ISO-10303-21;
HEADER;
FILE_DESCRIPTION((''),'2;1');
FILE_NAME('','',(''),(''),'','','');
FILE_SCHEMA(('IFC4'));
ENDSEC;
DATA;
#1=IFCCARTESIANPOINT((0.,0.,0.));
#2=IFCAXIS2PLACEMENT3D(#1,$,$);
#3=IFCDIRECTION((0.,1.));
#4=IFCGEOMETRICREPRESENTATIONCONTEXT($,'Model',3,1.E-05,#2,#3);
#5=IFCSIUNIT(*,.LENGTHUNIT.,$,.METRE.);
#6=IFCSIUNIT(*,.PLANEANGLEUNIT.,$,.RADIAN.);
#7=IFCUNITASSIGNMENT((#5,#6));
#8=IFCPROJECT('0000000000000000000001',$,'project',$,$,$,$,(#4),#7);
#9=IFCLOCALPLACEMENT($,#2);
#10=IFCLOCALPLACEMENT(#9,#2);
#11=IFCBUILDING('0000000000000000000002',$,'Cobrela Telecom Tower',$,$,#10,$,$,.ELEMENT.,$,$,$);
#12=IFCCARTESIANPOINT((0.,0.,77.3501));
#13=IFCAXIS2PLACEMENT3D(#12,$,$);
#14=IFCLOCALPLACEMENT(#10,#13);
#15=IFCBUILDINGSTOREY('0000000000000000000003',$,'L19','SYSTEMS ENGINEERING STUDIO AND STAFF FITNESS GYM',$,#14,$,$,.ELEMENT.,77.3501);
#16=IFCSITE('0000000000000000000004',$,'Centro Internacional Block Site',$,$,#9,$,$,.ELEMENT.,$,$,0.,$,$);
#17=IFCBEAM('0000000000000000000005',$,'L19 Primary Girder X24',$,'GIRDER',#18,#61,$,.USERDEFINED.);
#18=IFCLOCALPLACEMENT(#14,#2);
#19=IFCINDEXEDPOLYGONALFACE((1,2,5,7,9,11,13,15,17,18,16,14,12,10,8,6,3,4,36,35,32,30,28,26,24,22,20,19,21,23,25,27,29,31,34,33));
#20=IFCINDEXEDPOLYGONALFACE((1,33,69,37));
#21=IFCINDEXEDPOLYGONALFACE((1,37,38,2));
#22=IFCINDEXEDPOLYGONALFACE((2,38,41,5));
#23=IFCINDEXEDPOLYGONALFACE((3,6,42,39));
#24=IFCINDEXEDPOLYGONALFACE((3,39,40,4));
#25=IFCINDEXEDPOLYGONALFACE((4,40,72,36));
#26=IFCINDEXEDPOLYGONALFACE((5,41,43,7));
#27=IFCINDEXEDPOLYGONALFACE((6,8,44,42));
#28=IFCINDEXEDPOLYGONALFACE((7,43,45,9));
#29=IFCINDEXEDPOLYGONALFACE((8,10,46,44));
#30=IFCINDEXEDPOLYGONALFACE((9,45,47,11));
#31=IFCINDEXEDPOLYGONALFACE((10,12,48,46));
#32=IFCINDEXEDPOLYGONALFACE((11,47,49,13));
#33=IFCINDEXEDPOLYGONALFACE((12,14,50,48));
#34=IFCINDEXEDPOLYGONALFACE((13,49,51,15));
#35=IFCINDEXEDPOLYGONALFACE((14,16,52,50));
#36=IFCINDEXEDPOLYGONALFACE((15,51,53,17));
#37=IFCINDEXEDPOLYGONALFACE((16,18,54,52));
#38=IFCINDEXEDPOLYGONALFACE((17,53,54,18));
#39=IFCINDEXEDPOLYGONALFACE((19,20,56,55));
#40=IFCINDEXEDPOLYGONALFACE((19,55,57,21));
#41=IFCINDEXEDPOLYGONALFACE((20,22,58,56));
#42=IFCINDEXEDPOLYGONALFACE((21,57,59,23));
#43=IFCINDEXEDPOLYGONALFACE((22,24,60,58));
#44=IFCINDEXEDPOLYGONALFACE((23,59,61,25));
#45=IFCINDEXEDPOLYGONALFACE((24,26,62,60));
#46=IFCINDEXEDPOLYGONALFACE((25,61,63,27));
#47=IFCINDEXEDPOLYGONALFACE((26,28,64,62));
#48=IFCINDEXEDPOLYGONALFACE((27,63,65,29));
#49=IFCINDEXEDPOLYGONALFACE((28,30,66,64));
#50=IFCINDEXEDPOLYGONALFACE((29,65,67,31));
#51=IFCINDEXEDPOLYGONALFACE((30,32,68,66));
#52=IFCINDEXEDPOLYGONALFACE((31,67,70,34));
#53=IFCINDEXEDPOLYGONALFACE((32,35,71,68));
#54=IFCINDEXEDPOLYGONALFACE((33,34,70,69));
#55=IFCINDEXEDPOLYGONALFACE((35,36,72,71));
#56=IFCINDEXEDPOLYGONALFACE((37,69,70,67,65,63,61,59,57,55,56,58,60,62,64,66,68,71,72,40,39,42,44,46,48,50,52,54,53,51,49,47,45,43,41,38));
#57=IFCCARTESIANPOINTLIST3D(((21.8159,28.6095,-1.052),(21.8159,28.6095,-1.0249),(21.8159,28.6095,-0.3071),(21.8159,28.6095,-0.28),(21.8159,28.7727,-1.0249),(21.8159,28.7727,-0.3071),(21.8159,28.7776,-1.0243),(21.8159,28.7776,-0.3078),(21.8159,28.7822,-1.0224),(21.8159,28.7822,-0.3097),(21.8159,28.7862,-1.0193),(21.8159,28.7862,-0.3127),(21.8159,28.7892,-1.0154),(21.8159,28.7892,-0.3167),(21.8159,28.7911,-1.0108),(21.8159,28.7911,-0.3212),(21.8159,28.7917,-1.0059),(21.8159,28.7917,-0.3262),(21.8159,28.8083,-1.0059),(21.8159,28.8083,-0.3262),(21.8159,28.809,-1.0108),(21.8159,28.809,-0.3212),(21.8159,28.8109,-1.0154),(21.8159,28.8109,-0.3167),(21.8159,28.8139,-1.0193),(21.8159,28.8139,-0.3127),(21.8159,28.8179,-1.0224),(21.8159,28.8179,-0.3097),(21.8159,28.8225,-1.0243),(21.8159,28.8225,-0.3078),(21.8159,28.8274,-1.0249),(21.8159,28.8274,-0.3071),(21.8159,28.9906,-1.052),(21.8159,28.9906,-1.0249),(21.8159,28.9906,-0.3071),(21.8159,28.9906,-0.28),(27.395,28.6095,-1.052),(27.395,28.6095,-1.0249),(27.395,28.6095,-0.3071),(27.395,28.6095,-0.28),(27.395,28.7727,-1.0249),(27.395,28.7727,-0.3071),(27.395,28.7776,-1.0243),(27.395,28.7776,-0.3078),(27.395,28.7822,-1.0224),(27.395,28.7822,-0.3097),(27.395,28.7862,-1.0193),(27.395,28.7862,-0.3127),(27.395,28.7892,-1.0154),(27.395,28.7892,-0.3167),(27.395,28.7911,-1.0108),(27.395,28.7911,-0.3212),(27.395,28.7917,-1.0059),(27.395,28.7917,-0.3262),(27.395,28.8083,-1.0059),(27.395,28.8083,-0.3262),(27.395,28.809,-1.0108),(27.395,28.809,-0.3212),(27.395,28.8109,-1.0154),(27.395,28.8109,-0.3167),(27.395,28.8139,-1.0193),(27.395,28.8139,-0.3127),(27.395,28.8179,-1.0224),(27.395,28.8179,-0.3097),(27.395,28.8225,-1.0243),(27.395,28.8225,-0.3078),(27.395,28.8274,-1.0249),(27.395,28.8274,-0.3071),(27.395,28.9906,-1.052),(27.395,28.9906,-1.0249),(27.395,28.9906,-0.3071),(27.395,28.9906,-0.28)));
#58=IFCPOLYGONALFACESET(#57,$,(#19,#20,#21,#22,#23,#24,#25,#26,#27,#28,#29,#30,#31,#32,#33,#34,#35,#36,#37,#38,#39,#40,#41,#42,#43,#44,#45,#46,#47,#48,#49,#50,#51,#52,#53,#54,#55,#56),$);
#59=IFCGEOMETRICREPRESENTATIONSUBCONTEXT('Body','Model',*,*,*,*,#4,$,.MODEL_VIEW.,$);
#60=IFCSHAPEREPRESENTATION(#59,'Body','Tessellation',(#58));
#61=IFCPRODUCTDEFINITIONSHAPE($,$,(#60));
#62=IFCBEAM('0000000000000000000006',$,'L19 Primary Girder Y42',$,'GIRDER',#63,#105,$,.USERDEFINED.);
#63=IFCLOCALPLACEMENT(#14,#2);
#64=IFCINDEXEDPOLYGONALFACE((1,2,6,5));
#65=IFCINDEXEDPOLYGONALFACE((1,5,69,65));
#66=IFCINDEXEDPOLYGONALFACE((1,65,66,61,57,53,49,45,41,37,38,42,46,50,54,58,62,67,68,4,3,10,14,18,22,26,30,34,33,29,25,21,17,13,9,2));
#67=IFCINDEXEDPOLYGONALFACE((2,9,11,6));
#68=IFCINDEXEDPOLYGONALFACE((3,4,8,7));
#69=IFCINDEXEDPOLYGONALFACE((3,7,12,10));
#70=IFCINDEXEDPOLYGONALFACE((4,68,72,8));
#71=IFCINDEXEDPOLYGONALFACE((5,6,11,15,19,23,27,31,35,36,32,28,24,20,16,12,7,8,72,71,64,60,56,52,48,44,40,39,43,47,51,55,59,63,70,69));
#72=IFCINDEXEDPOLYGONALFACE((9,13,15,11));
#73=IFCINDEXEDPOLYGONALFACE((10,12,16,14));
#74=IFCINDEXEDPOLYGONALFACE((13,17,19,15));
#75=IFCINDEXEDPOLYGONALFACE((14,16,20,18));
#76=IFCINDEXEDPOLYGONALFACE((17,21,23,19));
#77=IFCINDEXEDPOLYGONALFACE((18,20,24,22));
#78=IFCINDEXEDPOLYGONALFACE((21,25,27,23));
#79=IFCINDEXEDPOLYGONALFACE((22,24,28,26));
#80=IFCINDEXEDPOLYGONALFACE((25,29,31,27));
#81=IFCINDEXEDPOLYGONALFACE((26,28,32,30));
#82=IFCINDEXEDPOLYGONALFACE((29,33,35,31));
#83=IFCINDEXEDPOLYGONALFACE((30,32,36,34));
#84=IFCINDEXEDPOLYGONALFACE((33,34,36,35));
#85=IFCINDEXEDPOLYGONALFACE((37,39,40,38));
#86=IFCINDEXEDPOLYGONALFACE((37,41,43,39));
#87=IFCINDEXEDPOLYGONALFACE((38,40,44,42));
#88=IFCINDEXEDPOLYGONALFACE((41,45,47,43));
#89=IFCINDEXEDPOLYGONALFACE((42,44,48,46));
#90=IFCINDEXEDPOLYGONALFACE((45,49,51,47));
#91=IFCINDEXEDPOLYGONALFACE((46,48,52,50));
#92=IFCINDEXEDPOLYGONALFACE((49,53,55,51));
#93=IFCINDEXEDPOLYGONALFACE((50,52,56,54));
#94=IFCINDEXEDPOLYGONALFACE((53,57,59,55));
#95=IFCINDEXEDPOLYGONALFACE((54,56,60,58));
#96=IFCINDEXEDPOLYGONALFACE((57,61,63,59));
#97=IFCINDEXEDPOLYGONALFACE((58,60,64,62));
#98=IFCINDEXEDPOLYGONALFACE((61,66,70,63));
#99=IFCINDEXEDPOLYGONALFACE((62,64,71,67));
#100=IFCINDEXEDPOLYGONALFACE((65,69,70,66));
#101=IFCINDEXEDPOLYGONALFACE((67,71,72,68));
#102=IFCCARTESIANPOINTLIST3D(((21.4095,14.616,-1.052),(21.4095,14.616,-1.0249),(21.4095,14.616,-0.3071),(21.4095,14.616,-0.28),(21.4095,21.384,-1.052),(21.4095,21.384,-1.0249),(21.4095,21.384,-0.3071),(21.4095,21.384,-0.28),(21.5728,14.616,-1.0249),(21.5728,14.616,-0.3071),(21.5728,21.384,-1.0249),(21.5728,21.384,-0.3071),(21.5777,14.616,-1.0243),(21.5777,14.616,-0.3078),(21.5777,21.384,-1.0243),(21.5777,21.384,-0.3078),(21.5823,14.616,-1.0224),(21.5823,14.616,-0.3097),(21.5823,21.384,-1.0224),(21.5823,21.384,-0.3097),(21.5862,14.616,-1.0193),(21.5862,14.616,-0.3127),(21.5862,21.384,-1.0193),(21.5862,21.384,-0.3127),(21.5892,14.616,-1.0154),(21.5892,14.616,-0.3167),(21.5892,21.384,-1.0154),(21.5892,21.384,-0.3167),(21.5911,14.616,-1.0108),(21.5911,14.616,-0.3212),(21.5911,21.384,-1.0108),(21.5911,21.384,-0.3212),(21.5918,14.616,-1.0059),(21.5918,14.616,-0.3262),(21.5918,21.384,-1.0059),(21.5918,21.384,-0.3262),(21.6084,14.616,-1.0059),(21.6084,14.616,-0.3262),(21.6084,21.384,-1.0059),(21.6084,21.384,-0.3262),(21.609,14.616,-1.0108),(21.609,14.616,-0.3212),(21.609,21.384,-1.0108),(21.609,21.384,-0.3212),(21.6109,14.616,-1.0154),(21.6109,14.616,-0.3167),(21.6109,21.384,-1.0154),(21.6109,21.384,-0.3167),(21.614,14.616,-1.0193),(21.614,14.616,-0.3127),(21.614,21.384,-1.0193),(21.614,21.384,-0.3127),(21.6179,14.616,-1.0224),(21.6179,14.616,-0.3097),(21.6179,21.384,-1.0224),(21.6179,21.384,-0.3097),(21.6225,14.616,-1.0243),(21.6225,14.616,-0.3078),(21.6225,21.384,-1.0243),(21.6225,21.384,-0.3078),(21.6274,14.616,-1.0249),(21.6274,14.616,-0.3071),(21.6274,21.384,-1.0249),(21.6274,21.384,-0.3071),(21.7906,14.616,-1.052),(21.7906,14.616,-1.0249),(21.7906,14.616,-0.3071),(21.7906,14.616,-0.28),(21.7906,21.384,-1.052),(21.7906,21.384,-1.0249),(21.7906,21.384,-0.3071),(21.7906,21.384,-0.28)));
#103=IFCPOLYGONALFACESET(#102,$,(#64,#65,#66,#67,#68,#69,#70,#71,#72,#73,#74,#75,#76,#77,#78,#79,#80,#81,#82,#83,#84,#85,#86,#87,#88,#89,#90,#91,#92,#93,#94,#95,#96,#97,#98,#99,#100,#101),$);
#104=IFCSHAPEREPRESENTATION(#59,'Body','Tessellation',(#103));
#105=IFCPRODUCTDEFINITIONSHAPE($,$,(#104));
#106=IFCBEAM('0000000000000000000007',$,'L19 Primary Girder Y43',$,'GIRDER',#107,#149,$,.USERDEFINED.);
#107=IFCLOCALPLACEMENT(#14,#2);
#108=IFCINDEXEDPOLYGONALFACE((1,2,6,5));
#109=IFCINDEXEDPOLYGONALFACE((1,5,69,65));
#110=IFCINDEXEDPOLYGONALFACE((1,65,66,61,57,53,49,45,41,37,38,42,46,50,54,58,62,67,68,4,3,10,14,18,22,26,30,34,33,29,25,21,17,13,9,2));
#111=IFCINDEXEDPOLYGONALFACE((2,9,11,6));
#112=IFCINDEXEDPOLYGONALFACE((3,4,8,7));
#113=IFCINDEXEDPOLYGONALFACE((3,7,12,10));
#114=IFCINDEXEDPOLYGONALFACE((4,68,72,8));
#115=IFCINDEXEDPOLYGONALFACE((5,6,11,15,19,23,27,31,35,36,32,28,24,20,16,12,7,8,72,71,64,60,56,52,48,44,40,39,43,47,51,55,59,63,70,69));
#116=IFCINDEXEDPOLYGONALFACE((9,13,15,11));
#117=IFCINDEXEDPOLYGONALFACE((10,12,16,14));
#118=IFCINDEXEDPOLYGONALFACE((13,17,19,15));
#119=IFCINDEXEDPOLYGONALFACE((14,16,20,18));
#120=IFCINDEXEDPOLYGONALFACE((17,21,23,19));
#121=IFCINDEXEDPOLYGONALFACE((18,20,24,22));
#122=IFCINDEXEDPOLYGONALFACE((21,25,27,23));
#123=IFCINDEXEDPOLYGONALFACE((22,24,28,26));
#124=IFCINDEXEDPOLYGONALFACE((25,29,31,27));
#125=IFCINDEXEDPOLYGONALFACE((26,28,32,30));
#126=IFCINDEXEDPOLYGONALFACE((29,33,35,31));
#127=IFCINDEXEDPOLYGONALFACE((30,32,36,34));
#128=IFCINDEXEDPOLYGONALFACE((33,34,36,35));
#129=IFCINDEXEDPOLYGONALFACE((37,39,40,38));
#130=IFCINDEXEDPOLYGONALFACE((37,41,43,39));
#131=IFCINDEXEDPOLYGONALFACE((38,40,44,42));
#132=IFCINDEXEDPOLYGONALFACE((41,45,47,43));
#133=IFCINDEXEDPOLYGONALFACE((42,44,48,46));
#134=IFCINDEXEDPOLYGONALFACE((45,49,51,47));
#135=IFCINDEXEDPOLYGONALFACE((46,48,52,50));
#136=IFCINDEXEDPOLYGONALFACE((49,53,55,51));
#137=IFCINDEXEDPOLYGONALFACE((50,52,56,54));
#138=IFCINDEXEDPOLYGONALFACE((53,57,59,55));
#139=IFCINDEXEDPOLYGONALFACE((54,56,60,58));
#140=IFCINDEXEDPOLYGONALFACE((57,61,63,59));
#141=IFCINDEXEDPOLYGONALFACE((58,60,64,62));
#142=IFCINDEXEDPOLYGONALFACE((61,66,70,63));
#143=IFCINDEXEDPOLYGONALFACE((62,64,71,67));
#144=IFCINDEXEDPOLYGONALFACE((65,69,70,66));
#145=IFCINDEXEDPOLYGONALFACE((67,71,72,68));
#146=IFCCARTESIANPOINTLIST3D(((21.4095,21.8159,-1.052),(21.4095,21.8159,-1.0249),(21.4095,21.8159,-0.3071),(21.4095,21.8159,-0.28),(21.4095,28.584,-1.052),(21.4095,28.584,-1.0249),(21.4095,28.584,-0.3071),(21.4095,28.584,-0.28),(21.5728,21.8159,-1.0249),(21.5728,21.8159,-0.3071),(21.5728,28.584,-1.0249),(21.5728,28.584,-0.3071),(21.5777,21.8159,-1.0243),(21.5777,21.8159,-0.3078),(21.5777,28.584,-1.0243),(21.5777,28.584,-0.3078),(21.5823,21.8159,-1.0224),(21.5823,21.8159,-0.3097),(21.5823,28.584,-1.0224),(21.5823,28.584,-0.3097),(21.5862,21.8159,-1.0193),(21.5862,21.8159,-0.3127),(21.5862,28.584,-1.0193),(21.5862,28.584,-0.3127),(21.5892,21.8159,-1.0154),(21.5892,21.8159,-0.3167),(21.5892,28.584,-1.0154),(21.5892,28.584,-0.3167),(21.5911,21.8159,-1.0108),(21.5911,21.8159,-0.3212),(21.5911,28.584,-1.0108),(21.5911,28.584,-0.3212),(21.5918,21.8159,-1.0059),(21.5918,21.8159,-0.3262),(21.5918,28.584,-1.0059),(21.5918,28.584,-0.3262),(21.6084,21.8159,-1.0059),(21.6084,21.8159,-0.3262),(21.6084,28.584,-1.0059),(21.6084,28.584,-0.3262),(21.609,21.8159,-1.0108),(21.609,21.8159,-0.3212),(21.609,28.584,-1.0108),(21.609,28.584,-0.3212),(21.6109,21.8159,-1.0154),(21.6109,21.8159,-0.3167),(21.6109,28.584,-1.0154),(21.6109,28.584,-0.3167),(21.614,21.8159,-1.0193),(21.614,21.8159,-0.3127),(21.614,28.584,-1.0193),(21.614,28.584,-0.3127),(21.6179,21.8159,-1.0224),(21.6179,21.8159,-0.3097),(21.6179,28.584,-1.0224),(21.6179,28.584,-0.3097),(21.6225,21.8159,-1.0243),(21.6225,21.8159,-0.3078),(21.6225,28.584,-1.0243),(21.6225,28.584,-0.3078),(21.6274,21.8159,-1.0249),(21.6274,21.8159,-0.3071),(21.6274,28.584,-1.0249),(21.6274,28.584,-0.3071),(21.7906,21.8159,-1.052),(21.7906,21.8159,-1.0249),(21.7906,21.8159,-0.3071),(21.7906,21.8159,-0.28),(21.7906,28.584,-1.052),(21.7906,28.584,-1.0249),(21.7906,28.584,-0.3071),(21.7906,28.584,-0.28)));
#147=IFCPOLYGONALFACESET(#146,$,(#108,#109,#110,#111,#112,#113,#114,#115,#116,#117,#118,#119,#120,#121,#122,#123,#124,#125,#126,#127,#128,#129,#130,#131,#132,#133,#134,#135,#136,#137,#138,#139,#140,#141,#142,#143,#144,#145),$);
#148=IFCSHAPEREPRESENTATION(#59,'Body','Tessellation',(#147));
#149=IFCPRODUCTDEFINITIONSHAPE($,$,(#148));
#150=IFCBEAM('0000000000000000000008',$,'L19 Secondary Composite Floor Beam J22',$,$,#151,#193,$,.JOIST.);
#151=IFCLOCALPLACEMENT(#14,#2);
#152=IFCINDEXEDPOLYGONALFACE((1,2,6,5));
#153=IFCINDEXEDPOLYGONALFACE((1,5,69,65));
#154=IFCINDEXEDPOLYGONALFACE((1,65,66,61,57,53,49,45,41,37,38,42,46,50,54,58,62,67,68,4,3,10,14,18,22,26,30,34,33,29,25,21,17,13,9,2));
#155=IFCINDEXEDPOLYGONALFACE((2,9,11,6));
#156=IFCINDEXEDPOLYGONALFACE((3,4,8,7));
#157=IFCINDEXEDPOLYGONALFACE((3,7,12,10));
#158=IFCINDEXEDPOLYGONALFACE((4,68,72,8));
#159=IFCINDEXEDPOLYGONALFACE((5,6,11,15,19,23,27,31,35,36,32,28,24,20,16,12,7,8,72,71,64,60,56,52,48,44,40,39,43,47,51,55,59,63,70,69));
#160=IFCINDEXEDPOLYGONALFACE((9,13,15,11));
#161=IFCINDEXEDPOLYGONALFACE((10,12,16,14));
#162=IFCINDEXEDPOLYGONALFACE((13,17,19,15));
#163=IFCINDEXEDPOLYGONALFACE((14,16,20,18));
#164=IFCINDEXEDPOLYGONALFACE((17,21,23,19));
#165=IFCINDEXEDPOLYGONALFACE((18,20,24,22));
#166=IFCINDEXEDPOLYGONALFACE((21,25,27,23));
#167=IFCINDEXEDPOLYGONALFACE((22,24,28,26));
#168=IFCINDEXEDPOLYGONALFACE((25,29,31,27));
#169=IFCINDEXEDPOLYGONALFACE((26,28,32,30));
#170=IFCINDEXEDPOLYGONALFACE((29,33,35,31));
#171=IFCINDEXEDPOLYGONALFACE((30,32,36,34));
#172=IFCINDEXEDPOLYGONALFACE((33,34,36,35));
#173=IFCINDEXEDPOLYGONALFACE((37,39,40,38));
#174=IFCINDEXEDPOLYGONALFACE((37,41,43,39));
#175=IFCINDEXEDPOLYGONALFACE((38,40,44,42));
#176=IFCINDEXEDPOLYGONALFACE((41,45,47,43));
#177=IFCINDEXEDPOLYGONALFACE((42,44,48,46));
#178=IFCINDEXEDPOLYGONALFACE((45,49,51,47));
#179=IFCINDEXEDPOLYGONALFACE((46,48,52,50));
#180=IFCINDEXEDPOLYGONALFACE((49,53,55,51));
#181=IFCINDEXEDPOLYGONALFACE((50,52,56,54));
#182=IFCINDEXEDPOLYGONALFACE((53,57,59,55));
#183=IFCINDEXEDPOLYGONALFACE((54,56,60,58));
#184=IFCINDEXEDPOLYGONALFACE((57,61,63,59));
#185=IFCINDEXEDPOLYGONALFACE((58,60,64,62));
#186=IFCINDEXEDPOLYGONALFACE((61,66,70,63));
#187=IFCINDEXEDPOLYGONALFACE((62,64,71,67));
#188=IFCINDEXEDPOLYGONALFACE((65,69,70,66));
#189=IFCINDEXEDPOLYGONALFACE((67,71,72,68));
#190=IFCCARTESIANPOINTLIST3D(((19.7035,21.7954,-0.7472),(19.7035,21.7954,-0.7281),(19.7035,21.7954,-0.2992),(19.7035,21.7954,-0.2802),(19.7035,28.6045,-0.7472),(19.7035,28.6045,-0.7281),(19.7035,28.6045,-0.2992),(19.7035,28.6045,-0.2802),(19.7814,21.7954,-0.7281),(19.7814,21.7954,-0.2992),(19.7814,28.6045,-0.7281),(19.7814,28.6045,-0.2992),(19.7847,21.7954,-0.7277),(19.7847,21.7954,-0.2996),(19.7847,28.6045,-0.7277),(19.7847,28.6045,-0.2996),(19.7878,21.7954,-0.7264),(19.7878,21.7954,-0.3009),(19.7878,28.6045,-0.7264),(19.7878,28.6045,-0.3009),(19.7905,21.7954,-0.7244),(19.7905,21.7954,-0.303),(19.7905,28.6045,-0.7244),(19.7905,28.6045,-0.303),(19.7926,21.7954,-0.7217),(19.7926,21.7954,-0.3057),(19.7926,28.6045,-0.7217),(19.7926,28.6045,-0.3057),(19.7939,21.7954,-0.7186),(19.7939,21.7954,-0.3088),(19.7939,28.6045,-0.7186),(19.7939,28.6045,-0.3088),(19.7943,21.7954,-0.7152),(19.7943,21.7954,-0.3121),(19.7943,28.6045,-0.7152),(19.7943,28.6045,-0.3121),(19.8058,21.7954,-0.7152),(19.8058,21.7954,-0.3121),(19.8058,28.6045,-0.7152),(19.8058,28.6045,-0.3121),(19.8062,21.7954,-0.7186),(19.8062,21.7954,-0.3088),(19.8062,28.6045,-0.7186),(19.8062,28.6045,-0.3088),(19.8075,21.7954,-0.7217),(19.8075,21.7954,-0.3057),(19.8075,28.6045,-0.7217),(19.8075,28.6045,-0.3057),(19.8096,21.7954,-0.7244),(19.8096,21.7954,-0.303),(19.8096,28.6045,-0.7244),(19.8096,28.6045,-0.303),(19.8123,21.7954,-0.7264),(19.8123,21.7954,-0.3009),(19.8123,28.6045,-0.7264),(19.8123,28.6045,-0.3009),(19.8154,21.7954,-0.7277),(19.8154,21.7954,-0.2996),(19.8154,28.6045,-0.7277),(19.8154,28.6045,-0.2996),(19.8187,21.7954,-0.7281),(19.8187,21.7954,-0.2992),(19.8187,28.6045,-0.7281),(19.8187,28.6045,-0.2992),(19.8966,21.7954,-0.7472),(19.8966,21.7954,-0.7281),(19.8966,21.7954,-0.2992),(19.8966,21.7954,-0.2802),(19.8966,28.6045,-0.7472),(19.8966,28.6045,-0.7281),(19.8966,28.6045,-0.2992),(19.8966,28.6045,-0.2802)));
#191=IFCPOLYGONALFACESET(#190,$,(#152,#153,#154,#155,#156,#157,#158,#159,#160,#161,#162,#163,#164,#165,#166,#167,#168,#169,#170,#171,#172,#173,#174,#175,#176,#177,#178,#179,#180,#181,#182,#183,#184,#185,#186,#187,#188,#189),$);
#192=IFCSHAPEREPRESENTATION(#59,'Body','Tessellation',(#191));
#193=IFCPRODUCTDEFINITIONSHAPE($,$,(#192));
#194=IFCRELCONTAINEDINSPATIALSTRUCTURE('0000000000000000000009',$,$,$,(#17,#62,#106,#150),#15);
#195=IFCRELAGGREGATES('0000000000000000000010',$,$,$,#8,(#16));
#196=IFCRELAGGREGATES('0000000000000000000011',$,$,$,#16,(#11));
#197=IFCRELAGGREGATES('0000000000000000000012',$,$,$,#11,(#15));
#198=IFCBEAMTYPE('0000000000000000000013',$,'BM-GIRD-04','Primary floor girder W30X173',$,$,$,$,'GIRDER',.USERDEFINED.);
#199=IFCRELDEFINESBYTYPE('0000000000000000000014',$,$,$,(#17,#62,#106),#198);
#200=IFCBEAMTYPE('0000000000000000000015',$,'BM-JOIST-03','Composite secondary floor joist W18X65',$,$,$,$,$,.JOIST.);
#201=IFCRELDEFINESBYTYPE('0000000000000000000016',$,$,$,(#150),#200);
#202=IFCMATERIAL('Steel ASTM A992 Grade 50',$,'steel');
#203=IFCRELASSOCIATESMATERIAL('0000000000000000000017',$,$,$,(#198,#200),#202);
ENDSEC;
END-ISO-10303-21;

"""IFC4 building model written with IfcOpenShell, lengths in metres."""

from ifc_helpers import new_model, si_unit, direction, frame, origin, origin_2d, place, context, subcontext, project, spatial, i_section, extrude, material, material_profile, profile_set, type_object, element, save


model = new_model("IFC4")

# Units and contexts
model_context = context("Model", 3, precision=1e-05, world=origin(), true_north=direction((0.0, 1.0)))
body_context = subcontext(model_context, "Body", "Model", "MODEL_VIEW")
ifc_project = project(units=[si_unit("LENGTHUNIT", "METRE"), si_unit("PLANEANGLEUNIT", "RADIAN")], contexts=[model_context])

# Site, building, storey
site_placement = place(None, origin())
site = spatial("IfcSite", under=ifc_project, at=site_placement, Name="Centro Internacional Block Site", CompositionType="ELEMENT", RefElevation=0.0)
building_placement = place(site_placement, origin())
building = spatial("IfcBuilding", under=site, at=building_placement, Name="Cobrela Telecom Tower", CompositionType="ELEMENT")
storey_placement = place(building_placement, frame((0.0, 0.0, 77.3501)))
storey = spatial("IfcBuildingStorey", under=building, at=storey_placement, Name="L19", Description="SYSTEMS ENGINEERING STUDIO AND STAFF FITNESS GYM", CompositionType="ELEMENT", Elevation=77.3501)

# Shared definitions
ifc_material_1 = material(Name="Steel ASTM A992 Grade 50", Category="steel")

# Beams
ifc_material_profile_1 = material_profile(ifc_material_1, i_section(OverallWidth=0.3811, OverallDepth=0.772, WebThickness=0.0166, FlangeThickness=0.0271, FilletRadius=0.019, at=origin_2d()), Name="W30X173")
ifc_profile_set_1 = profile_set([ifc_material_profile_1], Name="Steel ASTM A992 Grade 50")
beam_type_1 = type_object("IfcBeamType", Name="BM-GIRD-04", Description="Primary floor girder W30X173", ElementType="GIRDER", PredefinedType="USERDEFINED", material=ifc_profile_set_1)
beam_1_placement = place(storey_placement, frame((21.8159, 28.8, -0.666), z_axis=(1.0, 0.0, 0.0), x_axis=(0.0, 1.0, 0.0)))
element("IfcBeam", 1, at=beam_1_placement, inside=storey, type_object=beam_type_1, Name="L19 Primary Girder X24", ObjectType="GIRDER", PredefinedType="USERDEFINED", context=body_context, shape_type="SweptSolid", body=[
    extrude(i_section(OverallWidth=0.3811, OverallDepth=0.772, WebThickness=0.0166, FlangeThickness=0.0271, FilletRadius=0.019, at=origin_2d()), origin(), (0.0, 0.0, 1.0), 5.5791),
])
for number, where, z_axis, x_axis, name in (
    (2, (21.6001, 14.616, -0.666), (0.0, 1.0, 0.0), (-1.0, 0.0, 0.0), "L19 Primary Girder Y42"),
    (3, (21.6001, 21.8159, -0.666), (0.0, 1.0, 0.0), (-1.0, 0.0, 0.0), "L19 Primary Girder Y43"),
):
    element("IfcBeam", number, at=place(storey_placement, frame(where, z_axis=z_axis, x_axis=x_axis)), inside=storey, type_object=beam_type_1, Name=name, ObjectType="GIRDER", PredefinedType="USERDEFINED", context=body_context, shape_type="SweptSolid", body=[
        extrude(i_section(OverallWidth=0.3811, OverallDepth=0.772, WebThickness=0.0166, FlangeThickness=0.0271, FilletRadius=0.019, at=origin_2d()), origin(), (0.0, 0.0, 1.0), 6.7681),
    ])
ifc_material_profile_2 = material_profile(ifc_material_1, i_section(OverallWidth=0.1931, OverallDepth=0.467, WebThickness=0.0115, FlangeThickness=0.019, FilletRadius=0.0129, at=origin_2d()), Name="W18X65")
ifc_profile_set_2 = profile_set([ifc_material_profile_2], Name="Steel ASTM A992 Grade 50")
beam_type_2 = type_object("IfcBeamType", Name="BM-JOIST-03", Description="Composite secondary floor joist W18X65", PredefinedType="JOIST", material=ifc_profile_set_2)
beam_2_placement = place(storey_placement, frame((19.8, 21.7954, -0.5137), z_axis=(0.0, 1.0, 0.0), x_axis=(-1.0, 0.0, 0.0)))
element("IfcBeam", 4, at=beam_2_placement, inside=storey, type_object=beam_type_2, Name="L19 Secondary Composite Floor Beam J22", PredefinedType="JOIST", context=body_context, shape_type="SweptSolid", body=[
    extrude(i_section(OverallWidth=0.1931, OverallDepth=0.467, WebThickness=0.0115, FlangeThickness=0.019, FilletRadius=0.0129, at=origin_2d()), origin(), (0.0, 0.0, 1.0), 6.8091),
])

save(model, "model.ifc")
